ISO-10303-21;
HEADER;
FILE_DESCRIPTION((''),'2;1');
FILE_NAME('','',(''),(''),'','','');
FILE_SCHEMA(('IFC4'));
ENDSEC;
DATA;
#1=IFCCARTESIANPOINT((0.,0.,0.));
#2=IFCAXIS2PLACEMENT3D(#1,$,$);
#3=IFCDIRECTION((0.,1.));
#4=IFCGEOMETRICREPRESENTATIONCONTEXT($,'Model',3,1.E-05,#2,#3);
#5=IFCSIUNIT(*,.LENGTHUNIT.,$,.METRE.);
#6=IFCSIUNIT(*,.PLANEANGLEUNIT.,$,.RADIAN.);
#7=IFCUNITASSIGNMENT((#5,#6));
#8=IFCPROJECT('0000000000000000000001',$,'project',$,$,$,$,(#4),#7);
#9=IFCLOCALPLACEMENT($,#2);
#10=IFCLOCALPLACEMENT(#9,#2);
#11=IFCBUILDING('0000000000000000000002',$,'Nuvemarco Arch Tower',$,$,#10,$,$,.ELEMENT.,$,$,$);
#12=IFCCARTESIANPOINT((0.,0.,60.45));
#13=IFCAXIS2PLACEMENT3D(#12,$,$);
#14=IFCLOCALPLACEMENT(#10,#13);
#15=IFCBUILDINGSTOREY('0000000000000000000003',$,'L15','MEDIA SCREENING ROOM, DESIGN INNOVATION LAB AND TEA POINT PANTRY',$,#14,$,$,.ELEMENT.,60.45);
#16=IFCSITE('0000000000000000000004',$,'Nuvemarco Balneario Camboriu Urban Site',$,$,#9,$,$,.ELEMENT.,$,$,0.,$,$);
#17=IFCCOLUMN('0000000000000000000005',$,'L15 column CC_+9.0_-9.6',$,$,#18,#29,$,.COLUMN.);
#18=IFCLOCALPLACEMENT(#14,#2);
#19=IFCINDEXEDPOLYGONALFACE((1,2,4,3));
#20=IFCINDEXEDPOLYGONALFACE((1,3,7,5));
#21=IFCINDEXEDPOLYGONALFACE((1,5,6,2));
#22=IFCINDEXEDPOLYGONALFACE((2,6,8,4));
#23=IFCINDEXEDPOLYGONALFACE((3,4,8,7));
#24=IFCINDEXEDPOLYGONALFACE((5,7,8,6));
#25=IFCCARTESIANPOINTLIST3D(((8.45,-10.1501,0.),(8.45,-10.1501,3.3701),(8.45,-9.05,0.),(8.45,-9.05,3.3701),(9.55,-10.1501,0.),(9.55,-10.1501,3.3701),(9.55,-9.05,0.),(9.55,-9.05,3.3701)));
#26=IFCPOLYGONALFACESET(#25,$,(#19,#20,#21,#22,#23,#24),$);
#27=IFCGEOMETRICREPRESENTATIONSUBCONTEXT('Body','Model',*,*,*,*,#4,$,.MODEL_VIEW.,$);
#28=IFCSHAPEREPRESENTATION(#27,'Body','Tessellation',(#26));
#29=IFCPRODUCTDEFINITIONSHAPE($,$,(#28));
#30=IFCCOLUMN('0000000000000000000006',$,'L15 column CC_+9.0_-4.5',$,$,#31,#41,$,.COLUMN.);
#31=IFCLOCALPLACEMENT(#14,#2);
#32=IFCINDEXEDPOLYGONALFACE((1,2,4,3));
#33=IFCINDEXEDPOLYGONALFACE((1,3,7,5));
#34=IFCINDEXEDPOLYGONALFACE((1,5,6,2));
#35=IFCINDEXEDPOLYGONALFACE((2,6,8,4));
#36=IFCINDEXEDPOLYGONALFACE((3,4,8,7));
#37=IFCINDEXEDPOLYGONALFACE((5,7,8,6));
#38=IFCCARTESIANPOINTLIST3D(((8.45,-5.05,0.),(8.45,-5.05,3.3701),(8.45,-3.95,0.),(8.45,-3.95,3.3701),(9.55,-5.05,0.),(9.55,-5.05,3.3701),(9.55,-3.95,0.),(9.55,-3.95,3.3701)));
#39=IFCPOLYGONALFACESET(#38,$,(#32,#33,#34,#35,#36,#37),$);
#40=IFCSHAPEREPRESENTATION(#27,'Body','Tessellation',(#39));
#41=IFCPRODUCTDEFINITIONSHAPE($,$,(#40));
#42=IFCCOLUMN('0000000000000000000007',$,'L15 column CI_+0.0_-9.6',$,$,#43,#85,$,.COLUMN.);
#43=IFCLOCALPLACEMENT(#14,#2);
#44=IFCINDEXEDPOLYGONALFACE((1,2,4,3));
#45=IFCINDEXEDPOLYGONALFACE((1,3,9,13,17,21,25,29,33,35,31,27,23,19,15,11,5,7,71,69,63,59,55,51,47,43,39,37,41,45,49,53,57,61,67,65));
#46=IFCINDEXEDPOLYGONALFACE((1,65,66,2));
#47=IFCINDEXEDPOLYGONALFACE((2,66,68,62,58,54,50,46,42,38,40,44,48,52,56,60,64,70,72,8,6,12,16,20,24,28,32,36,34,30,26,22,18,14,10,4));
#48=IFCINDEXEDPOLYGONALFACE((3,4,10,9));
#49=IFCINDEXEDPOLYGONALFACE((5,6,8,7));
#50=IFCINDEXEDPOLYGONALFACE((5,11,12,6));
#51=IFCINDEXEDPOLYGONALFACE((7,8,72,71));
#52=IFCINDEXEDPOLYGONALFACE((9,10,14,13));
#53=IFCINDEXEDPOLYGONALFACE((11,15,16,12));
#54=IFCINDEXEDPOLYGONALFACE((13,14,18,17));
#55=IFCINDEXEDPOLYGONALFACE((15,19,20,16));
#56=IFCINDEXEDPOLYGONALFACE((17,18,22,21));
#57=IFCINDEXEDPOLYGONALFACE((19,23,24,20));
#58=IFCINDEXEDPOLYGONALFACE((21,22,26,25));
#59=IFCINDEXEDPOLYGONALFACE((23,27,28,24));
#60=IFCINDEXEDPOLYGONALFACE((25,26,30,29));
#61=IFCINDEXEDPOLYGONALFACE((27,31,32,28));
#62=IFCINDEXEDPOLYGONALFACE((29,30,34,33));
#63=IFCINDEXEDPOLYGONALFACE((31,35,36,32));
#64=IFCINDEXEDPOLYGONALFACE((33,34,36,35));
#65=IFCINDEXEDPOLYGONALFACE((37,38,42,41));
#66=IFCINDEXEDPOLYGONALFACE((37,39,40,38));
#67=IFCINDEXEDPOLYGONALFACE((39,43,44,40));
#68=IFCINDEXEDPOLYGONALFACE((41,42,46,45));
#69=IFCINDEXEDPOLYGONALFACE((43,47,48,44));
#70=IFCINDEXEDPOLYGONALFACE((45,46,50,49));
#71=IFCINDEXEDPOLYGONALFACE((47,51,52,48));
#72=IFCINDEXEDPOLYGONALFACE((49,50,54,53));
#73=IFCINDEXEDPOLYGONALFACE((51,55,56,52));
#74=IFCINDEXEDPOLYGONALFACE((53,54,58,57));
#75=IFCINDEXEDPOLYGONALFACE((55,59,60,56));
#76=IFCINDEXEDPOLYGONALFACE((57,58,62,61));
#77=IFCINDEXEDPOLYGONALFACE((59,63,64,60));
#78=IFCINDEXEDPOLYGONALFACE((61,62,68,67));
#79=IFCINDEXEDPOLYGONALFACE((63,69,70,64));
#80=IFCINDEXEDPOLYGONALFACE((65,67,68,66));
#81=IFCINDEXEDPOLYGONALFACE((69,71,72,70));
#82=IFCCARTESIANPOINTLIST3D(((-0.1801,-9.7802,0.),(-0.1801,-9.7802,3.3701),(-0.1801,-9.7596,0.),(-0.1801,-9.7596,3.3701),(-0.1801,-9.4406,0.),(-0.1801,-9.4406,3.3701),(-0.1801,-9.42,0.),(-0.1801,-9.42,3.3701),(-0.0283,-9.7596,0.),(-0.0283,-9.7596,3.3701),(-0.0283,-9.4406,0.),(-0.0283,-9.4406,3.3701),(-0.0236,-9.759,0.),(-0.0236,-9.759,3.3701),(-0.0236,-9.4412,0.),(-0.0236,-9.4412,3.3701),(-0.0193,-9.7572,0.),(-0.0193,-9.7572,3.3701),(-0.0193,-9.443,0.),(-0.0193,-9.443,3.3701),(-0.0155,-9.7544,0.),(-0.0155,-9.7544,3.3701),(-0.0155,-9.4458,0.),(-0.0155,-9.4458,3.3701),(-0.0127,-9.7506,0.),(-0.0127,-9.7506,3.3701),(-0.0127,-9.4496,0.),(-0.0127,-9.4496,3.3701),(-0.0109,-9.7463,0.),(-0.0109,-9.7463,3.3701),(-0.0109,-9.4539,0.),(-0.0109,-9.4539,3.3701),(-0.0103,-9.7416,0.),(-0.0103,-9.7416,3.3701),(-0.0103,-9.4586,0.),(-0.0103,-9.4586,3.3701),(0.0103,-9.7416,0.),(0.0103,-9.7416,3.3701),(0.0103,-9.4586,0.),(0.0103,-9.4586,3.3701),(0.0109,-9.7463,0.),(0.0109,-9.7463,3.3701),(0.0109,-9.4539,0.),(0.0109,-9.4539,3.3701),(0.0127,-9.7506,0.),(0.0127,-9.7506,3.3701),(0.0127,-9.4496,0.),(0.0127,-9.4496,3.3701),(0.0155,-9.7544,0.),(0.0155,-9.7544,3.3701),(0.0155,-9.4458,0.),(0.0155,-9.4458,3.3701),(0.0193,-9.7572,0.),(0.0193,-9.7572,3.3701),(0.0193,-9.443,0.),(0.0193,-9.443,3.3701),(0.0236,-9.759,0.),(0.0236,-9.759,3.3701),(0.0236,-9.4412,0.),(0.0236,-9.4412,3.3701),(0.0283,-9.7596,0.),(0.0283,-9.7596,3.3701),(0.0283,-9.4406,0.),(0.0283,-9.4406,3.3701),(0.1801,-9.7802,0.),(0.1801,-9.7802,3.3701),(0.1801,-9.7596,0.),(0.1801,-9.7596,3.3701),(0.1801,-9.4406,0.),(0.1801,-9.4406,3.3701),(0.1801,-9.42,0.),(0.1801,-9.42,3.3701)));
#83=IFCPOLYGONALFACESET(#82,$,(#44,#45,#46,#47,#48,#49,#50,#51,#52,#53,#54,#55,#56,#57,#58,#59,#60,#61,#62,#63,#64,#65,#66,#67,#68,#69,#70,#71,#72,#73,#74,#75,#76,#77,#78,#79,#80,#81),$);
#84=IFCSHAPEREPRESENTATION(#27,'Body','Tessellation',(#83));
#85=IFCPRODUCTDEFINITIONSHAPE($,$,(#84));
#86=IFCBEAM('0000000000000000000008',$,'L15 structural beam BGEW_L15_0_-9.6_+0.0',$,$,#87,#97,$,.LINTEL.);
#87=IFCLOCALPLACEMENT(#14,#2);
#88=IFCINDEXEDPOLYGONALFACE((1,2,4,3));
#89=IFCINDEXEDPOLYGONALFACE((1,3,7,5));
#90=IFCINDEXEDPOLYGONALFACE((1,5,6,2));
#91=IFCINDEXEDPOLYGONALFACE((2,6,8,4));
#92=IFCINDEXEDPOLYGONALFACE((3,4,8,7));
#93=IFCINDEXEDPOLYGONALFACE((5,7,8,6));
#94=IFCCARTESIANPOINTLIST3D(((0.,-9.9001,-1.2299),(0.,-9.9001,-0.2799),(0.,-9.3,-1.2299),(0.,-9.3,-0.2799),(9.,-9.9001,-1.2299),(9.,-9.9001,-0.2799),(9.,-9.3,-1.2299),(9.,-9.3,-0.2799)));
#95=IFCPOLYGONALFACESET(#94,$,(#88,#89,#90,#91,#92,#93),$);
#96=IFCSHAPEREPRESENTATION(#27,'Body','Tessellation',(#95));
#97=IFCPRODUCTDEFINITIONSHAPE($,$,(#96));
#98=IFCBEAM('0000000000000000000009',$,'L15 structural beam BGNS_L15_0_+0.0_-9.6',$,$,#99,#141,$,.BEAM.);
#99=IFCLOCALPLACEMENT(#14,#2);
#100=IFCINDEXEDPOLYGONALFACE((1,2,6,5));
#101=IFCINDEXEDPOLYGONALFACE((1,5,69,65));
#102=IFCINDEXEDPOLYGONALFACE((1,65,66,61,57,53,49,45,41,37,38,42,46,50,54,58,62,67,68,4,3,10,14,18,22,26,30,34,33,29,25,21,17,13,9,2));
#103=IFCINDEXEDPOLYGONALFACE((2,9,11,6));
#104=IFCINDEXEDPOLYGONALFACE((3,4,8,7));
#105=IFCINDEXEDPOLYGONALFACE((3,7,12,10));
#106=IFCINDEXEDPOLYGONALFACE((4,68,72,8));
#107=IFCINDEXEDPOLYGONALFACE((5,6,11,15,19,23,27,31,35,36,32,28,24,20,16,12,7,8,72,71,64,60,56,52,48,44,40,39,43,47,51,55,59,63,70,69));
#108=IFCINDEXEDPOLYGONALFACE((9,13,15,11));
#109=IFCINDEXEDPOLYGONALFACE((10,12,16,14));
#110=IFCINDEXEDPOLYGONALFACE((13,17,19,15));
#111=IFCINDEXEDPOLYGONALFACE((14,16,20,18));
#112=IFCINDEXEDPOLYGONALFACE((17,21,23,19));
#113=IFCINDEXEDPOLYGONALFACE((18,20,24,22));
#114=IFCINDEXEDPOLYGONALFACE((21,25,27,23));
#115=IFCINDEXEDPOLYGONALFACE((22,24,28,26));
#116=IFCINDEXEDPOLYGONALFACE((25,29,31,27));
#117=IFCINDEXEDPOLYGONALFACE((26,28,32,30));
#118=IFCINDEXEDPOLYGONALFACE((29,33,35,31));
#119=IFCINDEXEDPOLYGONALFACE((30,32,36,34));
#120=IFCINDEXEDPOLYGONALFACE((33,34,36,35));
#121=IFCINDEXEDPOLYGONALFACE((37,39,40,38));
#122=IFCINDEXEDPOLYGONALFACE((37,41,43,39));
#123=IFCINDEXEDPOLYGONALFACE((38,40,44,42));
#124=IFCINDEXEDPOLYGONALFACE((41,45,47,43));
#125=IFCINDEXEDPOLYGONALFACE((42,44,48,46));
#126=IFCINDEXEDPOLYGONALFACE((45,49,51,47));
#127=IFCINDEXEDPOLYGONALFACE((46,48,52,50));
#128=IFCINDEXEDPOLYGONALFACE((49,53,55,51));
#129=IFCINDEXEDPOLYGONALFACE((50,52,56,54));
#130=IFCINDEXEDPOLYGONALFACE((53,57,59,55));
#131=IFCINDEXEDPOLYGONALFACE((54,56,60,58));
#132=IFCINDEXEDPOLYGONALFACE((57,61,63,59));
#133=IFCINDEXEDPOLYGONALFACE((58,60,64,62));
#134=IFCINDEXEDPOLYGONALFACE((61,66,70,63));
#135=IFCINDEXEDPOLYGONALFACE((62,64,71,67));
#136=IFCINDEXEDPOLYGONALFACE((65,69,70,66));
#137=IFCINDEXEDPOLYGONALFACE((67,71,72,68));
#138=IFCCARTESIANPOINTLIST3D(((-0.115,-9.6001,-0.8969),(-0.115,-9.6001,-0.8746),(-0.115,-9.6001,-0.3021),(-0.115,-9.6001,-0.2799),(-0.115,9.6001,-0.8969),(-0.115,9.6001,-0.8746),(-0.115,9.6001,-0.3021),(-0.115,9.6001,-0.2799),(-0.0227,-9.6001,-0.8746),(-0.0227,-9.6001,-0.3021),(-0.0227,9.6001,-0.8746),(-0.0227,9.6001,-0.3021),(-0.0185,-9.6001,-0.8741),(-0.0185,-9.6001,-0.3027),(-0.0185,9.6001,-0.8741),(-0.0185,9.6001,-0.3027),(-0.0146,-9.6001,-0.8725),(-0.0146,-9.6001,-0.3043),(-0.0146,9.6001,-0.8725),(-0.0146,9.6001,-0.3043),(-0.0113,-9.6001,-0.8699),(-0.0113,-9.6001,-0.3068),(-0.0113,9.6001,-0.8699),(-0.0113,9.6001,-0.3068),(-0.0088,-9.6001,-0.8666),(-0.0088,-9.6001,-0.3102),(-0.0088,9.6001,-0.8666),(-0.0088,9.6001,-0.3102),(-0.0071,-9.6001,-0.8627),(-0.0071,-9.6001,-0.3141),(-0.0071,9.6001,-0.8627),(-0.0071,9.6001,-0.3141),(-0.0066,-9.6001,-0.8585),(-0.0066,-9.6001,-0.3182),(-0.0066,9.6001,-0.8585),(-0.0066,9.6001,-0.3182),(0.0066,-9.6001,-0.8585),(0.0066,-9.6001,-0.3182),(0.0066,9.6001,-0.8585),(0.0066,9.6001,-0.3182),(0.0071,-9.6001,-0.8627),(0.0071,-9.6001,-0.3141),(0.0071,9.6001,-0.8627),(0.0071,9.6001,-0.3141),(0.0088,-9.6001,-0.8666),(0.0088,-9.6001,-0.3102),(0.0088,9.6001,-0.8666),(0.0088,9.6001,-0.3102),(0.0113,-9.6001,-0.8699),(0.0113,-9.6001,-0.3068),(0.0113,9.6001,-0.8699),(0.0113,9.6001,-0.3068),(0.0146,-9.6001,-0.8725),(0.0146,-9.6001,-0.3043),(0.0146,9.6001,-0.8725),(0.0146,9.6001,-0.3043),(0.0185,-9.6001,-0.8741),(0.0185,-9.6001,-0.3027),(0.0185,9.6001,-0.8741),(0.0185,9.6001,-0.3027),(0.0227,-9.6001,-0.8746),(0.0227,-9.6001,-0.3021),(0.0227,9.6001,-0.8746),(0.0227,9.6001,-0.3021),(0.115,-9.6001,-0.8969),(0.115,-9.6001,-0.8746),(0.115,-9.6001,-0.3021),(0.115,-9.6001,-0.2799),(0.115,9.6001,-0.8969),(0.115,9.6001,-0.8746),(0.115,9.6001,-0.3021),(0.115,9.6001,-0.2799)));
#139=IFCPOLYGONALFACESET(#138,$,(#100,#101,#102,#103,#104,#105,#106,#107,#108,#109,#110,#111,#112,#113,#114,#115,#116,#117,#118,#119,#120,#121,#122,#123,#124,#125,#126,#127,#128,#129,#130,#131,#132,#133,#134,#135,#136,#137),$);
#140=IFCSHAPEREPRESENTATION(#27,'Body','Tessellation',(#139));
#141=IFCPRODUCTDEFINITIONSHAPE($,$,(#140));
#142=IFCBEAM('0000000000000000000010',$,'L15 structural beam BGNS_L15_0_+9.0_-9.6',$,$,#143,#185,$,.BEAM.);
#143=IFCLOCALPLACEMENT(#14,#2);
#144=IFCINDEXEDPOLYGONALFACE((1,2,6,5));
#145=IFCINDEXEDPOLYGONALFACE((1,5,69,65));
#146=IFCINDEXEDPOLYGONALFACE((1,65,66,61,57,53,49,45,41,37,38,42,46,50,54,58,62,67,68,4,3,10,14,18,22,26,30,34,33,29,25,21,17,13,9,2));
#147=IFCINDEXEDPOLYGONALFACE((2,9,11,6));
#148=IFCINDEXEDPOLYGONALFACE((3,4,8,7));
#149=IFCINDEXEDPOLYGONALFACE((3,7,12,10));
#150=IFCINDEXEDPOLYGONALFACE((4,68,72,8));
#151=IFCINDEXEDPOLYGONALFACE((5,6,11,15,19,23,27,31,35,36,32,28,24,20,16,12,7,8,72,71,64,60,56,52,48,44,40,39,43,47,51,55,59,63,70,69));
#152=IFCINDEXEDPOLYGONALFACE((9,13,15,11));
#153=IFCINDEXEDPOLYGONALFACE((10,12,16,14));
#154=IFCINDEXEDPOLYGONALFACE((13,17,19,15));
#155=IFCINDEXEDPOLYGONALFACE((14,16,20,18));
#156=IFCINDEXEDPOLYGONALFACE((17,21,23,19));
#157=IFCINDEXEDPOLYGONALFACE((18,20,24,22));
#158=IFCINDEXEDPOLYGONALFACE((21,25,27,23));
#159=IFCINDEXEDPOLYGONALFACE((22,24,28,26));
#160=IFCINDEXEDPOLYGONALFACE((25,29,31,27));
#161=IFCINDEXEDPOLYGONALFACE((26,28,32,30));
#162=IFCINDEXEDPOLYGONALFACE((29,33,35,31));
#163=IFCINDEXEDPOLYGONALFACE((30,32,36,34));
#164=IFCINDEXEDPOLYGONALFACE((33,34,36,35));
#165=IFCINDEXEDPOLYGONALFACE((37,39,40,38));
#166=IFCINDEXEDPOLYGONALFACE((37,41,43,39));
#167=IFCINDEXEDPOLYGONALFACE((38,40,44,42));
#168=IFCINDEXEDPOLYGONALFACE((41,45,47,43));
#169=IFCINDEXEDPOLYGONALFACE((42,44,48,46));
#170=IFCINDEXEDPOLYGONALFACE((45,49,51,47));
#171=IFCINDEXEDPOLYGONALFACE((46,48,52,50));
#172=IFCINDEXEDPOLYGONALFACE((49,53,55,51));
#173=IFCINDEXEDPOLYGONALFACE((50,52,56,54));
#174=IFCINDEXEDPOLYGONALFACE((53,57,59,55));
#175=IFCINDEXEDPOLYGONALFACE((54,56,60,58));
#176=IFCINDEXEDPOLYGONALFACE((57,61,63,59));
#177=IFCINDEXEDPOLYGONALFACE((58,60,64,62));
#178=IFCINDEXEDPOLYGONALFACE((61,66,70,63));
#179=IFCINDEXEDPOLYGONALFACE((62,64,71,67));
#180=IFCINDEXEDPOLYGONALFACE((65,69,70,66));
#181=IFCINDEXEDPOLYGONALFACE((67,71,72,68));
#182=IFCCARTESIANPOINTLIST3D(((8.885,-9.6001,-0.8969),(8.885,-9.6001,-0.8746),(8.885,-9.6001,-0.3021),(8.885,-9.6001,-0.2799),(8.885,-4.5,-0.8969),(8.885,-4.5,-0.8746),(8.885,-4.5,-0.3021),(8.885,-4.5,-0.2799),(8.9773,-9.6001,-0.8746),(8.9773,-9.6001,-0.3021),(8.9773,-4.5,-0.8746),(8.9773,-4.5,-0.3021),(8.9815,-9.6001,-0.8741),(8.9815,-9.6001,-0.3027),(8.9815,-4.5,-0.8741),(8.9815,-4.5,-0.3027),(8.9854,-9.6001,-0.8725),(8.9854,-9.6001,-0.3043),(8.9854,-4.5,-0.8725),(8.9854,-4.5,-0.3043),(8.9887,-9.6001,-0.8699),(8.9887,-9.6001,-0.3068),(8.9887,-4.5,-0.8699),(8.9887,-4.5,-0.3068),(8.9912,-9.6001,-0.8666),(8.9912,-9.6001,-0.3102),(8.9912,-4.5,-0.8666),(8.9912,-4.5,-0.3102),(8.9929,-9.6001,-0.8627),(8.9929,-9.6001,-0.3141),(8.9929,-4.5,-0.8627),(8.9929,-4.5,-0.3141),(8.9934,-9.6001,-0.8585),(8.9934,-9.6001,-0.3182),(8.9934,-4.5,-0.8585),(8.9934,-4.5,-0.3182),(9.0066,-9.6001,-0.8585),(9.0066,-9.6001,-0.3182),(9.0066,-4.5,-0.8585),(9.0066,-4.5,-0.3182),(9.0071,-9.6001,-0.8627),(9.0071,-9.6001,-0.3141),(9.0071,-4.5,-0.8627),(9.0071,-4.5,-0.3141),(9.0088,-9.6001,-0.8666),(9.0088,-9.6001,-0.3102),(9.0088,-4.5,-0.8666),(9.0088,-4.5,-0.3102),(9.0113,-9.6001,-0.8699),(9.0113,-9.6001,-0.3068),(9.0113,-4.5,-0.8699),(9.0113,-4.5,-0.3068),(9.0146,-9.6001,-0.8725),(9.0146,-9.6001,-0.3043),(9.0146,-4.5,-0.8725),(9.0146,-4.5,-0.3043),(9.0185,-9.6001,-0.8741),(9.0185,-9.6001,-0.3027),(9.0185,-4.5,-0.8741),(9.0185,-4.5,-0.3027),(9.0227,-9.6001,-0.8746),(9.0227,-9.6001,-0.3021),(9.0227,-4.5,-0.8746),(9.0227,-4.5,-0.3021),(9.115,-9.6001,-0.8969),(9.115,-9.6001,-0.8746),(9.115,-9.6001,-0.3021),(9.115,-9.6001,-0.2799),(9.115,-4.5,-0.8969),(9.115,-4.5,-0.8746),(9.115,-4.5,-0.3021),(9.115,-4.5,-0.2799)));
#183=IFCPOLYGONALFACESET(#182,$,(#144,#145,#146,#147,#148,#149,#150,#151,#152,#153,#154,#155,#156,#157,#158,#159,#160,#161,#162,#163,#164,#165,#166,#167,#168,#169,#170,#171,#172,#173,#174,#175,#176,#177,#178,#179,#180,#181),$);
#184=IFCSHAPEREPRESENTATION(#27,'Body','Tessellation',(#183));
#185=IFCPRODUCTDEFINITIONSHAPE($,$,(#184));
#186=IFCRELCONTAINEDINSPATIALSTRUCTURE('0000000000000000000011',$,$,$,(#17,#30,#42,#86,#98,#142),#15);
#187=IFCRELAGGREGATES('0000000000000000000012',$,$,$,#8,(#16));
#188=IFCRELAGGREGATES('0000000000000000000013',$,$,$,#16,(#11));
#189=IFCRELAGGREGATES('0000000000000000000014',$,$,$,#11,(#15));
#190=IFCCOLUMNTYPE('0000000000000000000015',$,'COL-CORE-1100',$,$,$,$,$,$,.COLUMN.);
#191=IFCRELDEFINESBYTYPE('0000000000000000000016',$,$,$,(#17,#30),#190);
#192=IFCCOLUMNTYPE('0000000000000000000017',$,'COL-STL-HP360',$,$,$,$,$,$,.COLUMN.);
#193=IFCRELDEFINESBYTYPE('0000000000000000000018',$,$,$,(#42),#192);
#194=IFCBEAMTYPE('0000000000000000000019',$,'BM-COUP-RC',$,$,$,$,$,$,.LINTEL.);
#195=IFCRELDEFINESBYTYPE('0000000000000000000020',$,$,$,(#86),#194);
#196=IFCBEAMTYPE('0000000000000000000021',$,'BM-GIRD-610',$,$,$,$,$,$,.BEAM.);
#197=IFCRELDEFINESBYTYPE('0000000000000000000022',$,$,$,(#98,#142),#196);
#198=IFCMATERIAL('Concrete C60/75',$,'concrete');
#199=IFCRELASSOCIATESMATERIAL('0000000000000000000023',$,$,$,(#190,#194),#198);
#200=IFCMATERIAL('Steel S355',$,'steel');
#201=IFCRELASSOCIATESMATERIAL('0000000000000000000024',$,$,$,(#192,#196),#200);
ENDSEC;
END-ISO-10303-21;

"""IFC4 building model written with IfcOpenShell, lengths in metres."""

from ifc_helpers import new_model, si_unit, direction, frame, origin, origin_2d, place, context, subcontext, project, spatial, rectangle, i_section, extrude, material, material_profile, profile_set, type_object, element, save


model = new_model("IFC4")

# Units and contexts
model_context = context("Model", 3, precision=1e-05, world=origin(), true_north=direction((0.0, 1.0)))
body_context = subcontext(model_context, "Body", "Model", "MODEL_VIEW")
ifc_project = project(units=[si_unit("LENGTHUNIT", "METRE"), si_unit("PLANEANGLEUNIT", "RADIAN")], contexts=[model_context])

# Site, building, storey
site_placement = place(None, origin())
site = spatial("IfcSite", under=ifc_project, at=site_placement, Name="Nuvemarco Balneario Camboriu Urban Site", CompositionType="ELEMENT", RefElevation=0.0)
building_placement = place(site_placement, origin())
building = spatial("IfcBuilding", under=site, at=building_placement, Name="Nuvemarco Arch Tower", CompositionType="ELEMENT")
storey_placement = place(building_placement, frame((0.0, 0.0, 60.45)))
storey = spatial("IfcBuildingStorey", under=building, at=storey_placement, Name="L15", Description="MEDIA SCREENING ROOM, DESIGN INNOVATION LAB AND TEA POINT PANTRY", CompositionType="ELEMENT", Elevation=60.45)

# Columns
ifc_material_1 = material(Name="Concrete C60/75", Category="concrete")
ifc_material_profile_1 = material_profile(ifc_material_1, rectangle(XDim=1.1001, YDim=1.1001, at=origin_2d()), Name="RC-COL-1100x1100")
ifc_profile_set_1 = profile_set([ifc_material_profile_1], Name="Concrete C60/75")
column_type_1 = type_object("IfcColumnType", Name="COL-CORE-1100", PredefinedType="COLUMN", material=ifc_profile_set_1)
for number, where, z_axis, x_axis, name in (
    (1, (9.0, -9.6001, 0.0), (0.0, 0.0, 1.0), (1.0, 0.0, 0.0), "L15 column CC_+9.0_-9.6"),
    (2, (9.0, -4.5, 0.0), (0.0, 0.0, 1.0), (1.0, 0.0, 0.0), "L15 column CC_+9.0_-4.5"),
):
    element("IfcColumn", number, at=place(storey_placement, frame(where, z_axis=z_axis, x_axis=x_axis)), inside=storey, type_object=column_type_1, Name=name, PredefinedType="COLUMN", context=body_context, shape_type="SweptSolid", body=[
        extrude(rectangle(XDim=1.1001, YDim=1.1001, at=origin_2d()), origin(), (0.0, 0.0, 1.0), 3.3701),
    ])
ifc_material_2 = material(Name="Steel S355", Category="steel")
ifc_material_profile_2 = material_profile(ifc_material_2, i_section(OverallWidth=0.3601, OverallDepth=0.3601, WebThickness=0.0205, FlangeThickness=0.0205, FilletRadius=0.0181, at=origin_2d()), Name="HP360x174")
ifc_profile_set_2 = profile_set([ifc_material_profile_2], Name="Steel S355")
column_type_2 = type_object("IfcColumnType", Name="COL-STL-HP360", PredefinedType="COLUMN", material=ifc_profile_set_2)
column_placement = place(storey_placement, frame((0.0, -9.6001, 0.0), z_axis=(0.0, 0.0, 1.0), x_axis=(1.0, 0.0, 0.0)))
element("IfcColumn", 3, at=column_placement, inside=storey, type_object=column_type_2, Name="L15 column CI_+0.0_-9.6", PredefinedType="COLUMN", context=body_context, shape_type="SweptSolid", body=[
    extrude(i_section(OverallWidth=0.3601, OverallDepth=0.3601, WebThickness=0.0205, FlangeThickness=0.0205, FilletRadius=0.0181, at=origin_2d()), origin(), (0.0, 0.0, 1.0), 3.3701),
])

# Beams
ifc_material_profile_3 = material_profile(ifc_material_1, rectangle(XDim=0.6001, YDim=0.95, at=origin_2d()), Name="RC-BM-600x950")
ifc_profile_set_3 = profile_set([ifc_material_profile_3], Name="Concrete C60/75")
beam_type_1 = type_object("IfcBeamType", Name="BM-COUP-RC", PredefinedType="LINTEL", material=ifc_profile_set_3)
beam_1_placement = place(storey_placement, frame((0.0, -9.6001, -0.7549), z_axis=(1.0, 0.0, 0.0), x_axis=(0.0, 1.0, 0.0)))
element("IfcBeam", 4, at=beam_1_placement, inside=storey, type_object=beam_type_1, Name="L15 structural beam BGEW_L15_0_-9.6_+0.0", PredefinedType="LINTEL", context=body_context, shape_type="SweptSolid", body=[
    extrude(rectangle(XDim=0.6001, YDim=0.95, at=origin_2d()), origin(), (0.0, 0.0, 1.0), 9.0),
])
ifc_material_profile_4 = material_profile(ifc_material_2, i_section(OverallWidth=0.23, OverallDepth=0.6169, WebThickness=0.0132, FlangeThickness=0.0222, FilletRadius=0.0161, at=origin_2d()), Name="W610x140")
ifc_profile_set_4 = profile_set([ifc_material_profile_4], Name="Steel S355")
beam_type_2 = type_object("IfcBeamType", Name="BM-GIRD-610", PredefinedType="BEAM", material=ifc_profile_set_4)
beam_2_placement = place(storey_placement, frame((0.0, -9.6001, -0.5884), z_axis=(0.0, 1.0, 0.0), x_axis=(-1.0, 0.0, 0.0)))
element("IfcBeam", 5, at=beam_2_placement, inside=storey, type_object=beam_type_2, Name="L15 structural beam BGNS_L15_0_+0.0_-9.6", PredefinedType="BEAM", context=body_context, shape_type="SweptSolid", body=[
    extrude(i_section(OverallWidth=0.23, OverallDepth=0.6169, WebThickness=0.0132, FlangeThickness=0.0222, FilletRadius=0.0161, at=origin_2d()), origin(), (0.0, 0.0, 1.0), 19.2002),
])
beam_3_placement = place(storey_placement, frame((9.0, -9.6001, -0.5884), z_axis=(0.0, 1.0, 0.0), x_axis=(-1.0, 0.0, 0.0)))
element("IfcBeam", 6, at=beam_3_placement, inside=storey, type_object=beam_type_2, Name="L15 structural beam BGNS_L15_0_+9.0_-9.6", PredefinedType="BEAM", context=body_context, shape_type="SweptSolid", body=[
    extrude(i_section(OverallWidth=0.23, OverallDepth=0.6169, WebThickness=0.0132, FlangeThickness=0.0222, FilletRadius=0.0161, at=origin_2d()), origin(), (0.0, 0.0, 1.0), 5.1001),
])

save(model, "model.ifc")
